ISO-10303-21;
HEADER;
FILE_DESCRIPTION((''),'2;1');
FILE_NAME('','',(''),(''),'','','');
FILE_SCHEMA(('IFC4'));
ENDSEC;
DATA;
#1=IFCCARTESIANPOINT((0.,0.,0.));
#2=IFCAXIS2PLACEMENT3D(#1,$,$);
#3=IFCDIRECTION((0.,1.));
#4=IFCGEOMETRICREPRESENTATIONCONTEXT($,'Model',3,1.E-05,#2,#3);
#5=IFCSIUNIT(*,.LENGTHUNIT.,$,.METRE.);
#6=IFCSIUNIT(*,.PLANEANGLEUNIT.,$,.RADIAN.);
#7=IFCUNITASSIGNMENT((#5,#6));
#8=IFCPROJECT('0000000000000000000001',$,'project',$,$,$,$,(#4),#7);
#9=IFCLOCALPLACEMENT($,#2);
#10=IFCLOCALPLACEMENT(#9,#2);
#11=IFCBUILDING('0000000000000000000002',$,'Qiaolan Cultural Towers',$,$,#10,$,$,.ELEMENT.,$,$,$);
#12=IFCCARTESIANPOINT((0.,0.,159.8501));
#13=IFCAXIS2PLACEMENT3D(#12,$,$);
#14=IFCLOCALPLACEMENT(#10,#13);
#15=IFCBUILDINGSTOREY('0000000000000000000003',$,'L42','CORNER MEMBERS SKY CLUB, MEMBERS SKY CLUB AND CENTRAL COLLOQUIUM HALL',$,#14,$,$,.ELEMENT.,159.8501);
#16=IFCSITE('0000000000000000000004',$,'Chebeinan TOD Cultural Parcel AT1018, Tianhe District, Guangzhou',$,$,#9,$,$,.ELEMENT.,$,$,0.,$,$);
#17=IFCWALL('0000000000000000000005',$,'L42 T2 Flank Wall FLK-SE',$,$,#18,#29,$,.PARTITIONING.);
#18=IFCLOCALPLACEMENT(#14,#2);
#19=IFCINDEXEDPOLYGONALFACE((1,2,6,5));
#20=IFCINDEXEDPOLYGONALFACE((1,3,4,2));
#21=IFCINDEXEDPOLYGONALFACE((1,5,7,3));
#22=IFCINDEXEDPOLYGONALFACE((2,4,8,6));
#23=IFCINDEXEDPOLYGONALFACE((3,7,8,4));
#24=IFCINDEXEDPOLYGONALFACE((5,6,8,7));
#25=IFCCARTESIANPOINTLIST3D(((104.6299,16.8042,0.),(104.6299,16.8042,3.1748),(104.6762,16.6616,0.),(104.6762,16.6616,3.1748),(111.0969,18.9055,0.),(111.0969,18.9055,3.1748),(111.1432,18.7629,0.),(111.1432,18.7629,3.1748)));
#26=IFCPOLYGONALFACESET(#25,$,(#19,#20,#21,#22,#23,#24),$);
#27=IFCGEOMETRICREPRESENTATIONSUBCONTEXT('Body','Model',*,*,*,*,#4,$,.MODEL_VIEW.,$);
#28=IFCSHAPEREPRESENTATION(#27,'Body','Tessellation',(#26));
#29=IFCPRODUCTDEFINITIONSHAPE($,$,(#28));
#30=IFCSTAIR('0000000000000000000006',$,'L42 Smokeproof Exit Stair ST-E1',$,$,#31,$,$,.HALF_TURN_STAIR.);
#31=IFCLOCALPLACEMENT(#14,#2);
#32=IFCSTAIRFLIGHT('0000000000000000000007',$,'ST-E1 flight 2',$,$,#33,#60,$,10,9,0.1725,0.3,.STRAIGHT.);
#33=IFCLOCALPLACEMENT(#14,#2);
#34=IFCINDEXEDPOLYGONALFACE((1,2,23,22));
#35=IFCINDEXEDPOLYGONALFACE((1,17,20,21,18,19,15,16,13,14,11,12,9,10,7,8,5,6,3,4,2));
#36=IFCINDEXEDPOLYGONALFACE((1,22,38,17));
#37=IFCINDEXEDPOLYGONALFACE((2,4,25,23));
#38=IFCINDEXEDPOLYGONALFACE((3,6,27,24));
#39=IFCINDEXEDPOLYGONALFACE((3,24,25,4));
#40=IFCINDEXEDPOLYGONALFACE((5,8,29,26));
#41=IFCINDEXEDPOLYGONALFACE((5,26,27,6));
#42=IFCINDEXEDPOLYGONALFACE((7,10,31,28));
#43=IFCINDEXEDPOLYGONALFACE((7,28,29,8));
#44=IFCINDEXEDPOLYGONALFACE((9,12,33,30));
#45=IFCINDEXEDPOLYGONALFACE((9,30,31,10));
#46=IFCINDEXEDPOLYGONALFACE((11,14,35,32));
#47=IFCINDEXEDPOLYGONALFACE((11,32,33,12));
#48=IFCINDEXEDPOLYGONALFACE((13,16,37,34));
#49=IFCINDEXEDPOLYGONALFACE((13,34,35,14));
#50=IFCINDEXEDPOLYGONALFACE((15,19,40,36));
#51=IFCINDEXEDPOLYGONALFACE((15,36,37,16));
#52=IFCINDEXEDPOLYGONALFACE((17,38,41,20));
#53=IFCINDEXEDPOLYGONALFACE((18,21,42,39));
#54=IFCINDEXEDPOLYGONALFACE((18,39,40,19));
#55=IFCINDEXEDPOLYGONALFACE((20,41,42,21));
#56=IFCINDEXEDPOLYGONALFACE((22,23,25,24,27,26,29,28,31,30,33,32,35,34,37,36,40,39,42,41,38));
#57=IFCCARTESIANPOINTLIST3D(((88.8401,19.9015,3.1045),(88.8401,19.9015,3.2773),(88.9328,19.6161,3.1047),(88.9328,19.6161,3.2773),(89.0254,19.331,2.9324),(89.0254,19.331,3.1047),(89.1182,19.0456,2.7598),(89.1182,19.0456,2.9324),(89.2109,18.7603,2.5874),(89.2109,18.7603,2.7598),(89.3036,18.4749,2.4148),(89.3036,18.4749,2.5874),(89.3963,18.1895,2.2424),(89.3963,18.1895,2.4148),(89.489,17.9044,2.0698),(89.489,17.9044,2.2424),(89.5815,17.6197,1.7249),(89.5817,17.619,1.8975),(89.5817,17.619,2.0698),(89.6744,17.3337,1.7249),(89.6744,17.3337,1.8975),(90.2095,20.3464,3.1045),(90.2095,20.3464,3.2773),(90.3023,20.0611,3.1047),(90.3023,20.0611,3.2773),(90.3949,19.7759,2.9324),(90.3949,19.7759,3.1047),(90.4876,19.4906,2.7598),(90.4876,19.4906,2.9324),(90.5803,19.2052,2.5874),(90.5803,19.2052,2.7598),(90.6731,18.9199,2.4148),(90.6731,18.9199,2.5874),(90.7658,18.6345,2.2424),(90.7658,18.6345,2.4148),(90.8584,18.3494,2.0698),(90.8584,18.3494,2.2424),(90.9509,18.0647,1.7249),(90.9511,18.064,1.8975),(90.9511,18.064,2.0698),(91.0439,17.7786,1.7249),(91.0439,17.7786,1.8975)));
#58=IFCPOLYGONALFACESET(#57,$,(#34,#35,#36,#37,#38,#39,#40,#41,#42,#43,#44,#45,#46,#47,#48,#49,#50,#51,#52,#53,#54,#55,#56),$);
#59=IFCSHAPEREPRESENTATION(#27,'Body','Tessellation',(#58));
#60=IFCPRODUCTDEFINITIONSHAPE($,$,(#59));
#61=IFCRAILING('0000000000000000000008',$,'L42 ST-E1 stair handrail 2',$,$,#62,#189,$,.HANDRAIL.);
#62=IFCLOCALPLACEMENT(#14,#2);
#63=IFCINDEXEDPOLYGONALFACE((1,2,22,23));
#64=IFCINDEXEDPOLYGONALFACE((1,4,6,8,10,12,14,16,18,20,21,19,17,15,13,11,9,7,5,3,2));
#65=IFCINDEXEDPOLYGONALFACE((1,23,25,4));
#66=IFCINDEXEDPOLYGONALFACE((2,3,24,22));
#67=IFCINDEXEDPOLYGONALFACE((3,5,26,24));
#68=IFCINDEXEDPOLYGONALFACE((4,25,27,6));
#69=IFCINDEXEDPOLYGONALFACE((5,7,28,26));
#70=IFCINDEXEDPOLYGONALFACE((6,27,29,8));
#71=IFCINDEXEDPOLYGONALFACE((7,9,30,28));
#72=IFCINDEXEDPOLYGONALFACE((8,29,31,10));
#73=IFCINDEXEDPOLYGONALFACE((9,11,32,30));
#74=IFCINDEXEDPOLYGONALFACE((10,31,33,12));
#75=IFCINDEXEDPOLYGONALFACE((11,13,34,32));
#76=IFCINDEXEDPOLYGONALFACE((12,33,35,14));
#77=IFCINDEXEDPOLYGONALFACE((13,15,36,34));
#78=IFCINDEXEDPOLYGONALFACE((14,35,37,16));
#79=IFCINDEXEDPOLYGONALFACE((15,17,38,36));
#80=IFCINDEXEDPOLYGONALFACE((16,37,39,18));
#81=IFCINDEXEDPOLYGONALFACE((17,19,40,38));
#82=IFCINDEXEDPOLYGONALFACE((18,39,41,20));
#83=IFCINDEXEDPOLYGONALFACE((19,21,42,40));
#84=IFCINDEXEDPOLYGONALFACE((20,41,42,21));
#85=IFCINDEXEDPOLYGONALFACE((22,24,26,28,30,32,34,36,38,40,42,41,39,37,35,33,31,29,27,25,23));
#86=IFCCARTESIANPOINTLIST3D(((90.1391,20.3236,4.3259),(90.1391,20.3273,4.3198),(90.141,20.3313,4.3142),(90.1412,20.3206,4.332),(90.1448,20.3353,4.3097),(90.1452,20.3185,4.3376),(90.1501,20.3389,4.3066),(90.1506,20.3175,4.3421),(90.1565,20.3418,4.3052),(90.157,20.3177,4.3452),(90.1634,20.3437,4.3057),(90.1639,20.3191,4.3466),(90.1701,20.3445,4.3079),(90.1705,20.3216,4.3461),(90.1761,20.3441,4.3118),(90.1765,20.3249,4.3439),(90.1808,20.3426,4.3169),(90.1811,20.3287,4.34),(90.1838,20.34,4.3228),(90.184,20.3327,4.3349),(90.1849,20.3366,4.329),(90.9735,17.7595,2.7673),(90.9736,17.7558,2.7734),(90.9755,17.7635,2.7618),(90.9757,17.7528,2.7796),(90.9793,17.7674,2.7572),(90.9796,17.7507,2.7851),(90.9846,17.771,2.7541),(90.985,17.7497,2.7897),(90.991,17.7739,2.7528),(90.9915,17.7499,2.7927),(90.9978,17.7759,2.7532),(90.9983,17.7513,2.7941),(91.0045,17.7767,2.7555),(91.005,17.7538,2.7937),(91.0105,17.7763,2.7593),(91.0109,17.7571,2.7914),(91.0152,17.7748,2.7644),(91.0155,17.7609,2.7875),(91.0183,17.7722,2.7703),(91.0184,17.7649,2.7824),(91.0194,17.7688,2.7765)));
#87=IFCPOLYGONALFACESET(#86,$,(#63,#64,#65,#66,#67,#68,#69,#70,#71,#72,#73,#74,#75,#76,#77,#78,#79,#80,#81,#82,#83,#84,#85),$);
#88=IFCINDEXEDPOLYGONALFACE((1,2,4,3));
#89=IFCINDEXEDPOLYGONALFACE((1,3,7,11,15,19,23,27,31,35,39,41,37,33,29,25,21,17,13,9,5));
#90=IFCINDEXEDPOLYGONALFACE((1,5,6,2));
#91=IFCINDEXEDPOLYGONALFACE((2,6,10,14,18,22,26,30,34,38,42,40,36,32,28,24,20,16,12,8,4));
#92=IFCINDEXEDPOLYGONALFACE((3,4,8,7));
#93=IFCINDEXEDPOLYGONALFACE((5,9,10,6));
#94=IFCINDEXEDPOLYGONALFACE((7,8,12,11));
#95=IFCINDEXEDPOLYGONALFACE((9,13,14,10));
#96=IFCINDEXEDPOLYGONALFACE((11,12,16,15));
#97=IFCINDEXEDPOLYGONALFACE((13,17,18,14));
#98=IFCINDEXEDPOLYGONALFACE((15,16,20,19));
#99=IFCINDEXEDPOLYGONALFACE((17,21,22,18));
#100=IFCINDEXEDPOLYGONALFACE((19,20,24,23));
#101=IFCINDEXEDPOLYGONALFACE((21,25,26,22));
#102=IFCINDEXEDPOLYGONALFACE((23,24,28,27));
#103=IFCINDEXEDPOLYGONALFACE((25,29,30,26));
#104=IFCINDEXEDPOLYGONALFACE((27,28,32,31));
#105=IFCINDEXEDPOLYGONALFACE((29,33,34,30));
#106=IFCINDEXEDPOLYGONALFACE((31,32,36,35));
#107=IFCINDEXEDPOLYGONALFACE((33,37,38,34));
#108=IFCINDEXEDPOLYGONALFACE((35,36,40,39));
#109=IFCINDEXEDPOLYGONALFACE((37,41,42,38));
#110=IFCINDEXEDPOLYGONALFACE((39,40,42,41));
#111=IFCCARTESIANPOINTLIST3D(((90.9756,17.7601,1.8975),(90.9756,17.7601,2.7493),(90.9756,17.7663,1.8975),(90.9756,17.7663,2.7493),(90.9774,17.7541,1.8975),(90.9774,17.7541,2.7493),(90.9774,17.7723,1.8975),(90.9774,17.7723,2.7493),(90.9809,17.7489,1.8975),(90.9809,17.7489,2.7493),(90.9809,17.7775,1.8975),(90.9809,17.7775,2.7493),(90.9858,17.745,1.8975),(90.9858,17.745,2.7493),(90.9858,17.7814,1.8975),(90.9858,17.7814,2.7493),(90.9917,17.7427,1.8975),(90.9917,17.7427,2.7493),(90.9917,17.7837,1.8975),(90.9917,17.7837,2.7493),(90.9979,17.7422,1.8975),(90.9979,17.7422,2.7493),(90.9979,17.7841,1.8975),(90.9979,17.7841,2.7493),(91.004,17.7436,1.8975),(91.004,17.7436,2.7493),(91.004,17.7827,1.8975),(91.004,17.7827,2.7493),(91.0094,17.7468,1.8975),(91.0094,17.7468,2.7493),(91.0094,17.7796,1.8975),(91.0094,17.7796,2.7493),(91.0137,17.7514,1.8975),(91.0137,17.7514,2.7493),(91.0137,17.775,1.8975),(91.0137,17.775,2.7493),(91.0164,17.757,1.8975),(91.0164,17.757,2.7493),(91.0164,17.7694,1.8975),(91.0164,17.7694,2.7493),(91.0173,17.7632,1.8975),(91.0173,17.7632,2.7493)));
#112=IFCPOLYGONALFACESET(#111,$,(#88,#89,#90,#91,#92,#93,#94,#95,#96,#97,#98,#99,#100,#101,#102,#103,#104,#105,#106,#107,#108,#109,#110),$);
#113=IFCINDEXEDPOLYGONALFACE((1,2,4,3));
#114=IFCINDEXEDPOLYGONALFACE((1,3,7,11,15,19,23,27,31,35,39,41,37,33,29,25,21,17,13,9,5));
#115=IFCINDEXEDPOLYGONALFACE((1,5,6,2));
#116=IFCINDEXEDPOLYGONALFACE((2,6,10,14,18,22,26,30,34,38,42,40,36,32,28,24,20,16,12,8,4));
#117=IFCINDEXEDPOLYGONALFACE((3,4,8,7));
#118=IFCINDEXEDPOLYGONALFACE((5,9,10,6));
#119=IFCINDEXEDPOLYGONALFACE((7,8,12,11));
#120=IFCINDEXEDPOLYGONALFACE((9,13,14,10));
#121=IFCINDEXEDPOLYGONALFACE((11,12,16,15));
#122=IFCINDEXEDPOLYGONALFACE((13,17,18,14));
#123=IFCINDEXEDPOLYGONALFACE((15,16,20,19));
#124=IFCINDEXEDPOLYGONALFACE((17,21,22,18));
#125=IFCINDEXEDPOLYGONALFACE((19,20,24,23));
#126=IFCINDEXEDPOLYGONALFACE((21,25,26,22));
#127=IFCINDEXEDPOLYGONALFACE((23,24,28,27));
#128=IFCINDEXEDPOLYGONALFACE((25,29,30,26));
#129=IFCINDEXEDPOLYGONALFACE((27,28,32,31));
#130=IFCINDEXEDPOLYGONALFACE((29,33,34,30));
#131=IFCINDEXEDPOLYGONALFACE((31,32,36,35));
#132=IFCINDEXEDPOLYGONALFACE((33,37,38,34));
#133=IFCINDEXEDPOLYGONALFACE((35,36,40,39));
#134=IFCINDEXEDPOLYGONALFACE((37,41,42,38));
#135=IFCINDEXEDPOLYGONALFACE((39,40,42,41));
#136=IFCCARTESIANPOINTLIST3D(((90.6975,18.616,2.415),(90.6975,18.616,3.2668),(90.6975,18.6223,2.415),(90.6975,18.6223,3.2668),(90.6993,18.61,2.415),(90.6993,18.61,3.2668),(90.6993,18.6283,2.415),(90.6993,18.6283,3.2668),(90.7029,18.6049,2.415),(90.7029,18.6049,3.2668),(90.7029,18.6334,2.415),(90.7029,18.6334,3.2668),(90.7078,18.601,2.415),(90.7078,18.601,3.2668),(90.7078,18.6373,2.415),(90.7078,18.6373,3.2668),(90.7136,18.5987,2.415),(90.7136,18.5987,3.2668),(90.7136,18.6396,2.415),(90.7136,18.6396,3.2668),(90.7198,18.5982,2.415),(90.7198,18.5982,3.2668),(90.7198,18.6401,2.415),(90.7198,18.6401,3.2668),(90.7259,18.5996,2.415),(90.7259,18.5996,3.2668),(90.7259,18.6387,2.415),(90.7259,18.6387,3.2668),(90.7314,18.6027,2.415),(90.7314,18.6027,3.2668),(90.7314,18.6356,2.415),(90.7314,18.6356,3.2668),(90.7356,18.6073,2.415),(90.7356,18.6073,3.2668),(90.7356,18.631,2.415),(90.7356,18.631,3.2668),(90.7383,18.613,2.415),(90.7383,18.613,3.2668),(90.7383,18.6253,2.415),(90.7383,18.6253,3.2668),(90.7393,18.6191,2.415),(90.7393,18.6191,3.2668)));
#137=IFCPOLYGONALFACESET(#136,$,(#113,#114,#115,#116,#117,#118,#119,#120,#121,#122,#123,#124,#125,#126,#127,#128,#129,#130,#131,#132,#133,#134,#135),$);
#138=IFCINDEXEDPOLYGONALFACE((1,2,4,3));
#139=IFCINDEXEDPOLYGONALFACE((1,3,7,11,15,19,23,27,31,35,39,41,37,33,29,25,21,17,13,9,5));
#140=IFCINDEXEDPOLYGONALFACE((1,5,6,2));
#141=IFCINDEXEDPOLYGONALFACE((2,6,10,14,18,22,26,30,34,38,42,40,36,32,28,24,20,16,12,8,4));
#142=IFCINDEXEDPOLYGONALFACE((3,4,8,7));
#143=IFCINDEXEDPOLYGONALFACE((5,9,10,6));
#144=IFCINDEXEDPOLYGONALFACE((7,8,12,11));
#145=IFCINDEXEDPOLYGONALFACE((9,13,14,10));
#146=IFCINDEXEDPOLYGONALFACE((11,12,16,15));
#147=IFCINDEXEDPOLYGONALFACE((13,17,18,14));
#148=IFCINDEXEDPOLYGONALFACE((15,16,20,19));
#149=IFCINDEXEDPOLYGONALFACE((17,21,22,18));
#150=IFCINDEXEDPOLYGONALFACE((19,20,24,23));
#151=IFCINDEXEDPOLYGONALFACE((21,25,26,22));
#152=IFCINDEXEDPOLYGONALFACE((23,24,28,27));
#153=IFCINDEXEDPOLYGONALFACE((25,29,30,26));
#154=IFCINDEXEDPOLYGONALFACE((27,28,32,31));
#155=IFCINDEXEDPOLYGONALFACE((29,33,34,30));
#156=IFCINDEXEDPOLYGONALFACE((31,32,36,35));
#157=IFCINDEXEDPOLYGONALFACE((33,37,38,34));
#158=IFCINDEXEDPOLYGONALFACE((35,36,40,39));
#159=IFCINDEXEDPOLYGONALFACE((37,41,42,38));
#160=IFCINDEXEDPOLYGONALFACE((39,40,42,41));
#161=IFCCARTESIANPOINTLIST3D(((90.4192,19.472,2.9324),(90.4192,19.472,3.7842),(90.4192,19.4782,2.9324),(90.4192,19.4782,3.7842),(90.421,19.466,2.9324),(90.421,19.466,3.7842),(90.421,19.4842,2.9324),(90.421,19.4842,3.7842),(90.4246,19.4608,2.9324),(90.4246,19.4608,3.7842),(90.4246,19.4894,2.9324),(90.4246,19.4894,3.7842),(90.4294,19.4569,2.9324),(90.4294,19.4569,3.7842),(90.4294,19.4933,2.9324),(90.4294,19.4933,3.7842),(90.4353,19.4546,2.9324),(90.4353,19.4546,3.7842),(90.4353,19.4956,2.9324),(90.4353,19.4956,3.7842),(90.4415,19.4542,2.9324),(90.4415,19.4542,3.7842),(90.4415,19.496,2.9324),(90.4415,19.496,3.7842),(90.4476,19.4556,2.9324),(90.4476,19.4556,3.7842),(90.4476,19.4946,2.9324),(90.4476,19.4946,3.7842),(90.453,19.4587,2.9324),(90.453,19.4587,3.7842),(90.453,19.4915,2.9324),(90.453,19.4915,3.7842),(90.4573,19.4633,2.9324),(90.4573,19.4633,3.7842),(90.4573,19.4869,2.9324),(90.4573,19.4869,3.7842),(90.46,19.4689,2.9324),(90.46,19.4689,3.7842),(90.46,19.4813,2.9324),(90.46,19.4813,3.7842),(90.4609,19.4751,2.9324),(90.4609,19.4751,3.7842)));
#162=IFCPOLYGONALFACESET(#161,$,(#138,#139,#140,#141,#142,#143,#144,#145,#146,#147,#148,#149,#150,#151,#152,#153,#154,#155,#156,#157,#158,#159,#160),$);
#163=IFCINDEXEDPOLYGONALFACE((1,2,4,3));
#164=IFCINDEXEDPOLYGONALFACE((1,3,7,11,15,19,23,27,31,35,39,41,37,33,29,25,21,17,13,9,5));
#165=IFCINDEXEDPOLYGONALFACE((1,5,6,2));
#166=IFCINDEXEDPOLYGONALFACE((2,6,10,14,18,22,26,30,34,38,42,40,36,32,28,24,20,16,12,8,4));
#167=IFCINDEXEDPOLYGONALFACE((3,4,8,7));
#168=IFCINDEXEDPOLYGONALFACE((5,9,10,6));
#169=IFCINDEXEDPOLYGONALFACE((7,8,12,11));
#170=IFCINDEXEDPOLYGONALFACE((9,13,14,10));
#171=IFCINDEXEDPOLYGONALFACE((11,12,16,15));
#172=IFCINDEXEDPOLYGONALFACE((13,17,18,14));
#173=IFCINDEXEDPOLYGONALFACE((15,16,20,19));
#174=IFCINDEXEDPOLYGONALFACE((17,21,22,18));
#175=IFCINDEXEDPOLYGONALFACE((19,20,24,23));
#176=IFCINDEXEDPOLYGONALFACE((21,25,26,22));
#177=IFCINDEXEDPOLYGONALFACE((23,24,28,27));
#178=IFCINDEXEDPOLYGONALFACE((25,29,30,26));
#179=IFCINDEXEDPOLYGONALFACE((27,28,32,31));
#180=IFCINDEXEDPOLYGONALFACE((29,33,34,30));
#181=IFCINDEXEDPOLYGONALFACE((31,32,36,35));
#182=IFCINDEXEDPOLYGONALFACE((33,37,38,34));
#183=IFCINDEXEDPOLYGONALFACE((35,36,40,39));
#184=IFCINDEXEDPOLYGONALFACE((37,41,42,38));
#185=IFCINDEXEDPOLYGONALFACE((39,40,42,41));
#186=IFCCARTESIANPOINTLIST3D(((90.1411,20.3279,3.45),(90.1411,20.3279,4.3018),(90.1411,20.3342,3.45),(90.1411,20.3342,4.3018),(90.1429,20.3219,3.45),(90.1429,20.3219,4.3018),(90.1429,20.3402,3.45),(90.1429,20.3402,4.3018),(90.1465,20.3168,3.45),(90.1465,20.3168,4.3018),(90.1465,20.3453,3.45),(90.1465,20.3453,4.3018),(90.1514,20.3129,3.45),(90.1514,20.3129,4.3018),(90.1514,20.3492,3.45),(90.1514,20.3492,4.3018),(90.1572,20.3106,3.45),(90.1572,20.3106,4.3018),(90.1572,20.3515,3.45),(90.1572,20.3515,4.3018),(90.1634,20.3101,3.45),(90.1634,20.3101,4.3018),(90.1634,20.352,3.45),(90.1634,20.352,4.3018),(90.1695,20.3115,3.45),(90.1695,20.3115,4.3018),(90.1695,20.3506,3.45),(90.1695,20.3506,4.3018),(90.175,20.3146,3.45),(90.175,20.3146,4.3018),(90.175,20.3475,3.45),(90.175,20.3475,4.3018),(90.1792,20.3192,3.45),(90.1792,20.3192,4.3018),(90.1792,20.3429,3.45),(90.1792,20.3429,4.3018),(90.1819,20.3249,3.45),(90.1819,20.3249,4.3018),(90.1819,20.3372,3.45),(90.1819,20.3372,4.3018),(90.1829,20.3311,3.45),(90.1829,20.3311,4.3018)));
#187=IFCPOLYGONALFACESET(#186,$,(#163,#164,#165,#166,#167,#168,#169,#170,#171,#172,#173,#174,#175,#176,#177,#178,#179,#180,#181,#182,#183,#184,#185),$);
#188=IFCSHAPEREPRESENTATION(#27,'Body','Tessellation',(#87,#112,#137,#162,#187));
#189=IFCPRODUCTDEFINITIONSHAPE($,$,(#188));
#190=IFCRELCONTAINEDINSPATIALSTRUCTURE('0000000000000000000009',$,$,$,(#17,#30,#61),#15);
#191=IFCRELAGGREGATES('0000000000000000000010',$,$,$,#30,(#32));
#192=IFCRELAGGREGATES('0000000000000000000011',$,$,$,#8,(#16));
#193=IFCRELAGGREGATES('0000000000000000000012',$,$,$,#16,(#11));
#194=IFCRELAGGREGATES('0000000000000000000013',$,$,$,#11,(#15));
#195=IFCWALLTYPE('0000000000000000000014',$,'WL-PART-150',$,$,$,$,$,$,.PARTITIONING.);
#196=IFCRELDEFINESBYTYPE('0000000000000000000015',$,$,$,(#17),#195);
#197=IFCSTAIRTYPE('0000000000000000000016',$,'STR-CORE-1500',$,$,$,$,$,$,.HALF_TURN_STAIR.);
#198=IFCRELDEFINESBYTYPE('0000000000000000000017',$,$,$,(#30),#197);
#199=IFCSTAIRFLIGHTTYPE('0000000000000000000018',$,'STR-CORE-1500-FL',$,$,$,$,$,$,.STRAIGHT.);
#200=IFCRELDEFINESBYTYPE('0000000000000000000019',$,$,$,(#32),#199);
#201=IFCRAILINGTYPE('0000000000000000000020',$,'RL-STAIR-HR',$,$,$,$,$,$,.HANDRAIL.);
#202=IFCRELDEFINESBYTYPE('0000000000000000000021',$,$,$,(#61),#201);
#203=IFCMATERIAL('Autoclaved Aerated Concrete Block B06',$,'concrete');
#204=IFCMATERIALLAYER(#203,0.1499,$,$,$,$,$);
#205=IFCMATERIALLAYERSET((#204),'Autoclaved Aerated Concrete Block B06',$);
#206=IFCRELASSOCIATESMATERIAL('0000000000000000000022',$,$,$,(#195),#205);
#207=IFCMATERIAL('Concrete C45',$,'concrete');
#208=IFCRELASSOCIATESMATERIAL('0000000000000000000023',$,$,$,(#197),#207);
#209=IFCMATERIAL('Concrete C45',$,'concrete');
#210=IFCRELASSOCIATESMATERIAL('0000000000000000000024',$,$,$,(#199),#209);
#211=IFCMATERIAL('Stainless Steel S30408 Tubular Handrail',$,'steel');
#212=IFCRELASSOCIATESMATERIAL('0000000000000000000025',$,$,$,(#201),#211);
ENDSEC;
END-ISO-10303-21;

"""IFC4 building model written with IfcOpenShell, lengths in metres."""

from ifc_helpers import new_model, si_unit, direction, frame, frame_2d, origin, origin_2d, place, context, subcontext, project, spatial, polyline, rectangle, circle, outline, extrude, material, layer, layer_set, type_object, element, aggregate, save


model = new_model("IFC4")

# Units and contexts
model_context = context("Model", 3, precision=1e-05, world=origin(), true_north=direction((0.0, 1.0)))
body_context = subcontext(model_context, "Body", "Model", "MODEL_VIEW")
ifc_project = project(units=[si_unit("LENGTHUNIT", "METRE"), si_unit("PLANEANGLEUNIT", "RADIAN")], contexts=[model_context])

# Site, building, storey
site_placement = place(None, origin())
site = spatial("IfcSite", under=ifc_project, at=site_placement, Name="Chebeinan TOD Cultural Parcel AT1018, Tianhe District, Guangzhou", CompositionType="ELEMENT", RefElevation=0.0)
building_placement = place(site_placement, origin())
building = spatial("IfcBuilding", under=site, at=building_placement, Name="Qiaolan Cultural Towers", CompositionType="ELEMENT")
storey_placement = place(building_placement, frame((0.0, 0.0, 159.8501)))
storey = spatial("IfcBuildingStorey", under=building, at=storey_placement, Name="L42", Description="CORNER MEMBERS SKY CLUB, MEMBERS SKY CLUB AND CENTRAL COLLOQUIUM HALL", CompositionType="ELEMENT", Elevation=159.8501)

# Shared definitions
ifc_material_1 = material(Name="Autoclaved Aerated Concrete Block B06", Category="concrete")
ifc_layer_1 = layer(ifc_material_1, 0.1499)
ifc_layer_set_1 = layer_set([ifc_layer_1], Name="Autoclaved Aerated Concrete Block B06")
wall_type_1 = type_object("IfcWallType", Name="WL-PART-150", PredefinedType="PARTITIONING", material=ifc_layer_set_1)

# Wall
wall_1_placement = place(storey_placement, frame((104.6531, 16.7329, 0.0), z_axis=(0.0, 0.0, 1.0), x_axis=(0.951054, 0.309024, 0.0)))
element("IfcWall", 1, at=wall_1_placement, inside=storey, type_object=wall_type_1, Name="L42 T2 Flank Wall FLK-SE", PredefinedType="PARTITIONING", context=body_context, shape_type="SweptSolid", body=[
    extrude(rectangle(XDim=6.7998, YDim=0.1499, at=frame_2d((3.3999, 0.0))), origin(), (0.0, 0.0, 1.0), 3.1748),
])

# Stair, stair flight
ifc_material_2 = material(Name="Concrete C45", Category="concrete")
stair_type = type_object("IfcStairType", Name="STR-CORE-1500", PredefinedType="HALF_TURN_STAIR", material=ifc_material_2)
stair_placement = place(storey_placement, origin())
stair = element("IfcStair", 2, at=stair_placement, inside=storey, type_object=stair_type, Name="L42 Smokeproof Exit Stair ST-E1", PredefinedType="HALF_TURN_STAIR")
ifc_material_3 = material(Name="Concrete C45", Category="concrete")
stair_flight_type = type_object("IfcStairFlightType", Name="STR-CORE-1500-FL", PredefinedType="STRAIGHT", material=ifc_material_3)
stair_flight_placement = place(storey_placement, frame((90.3591, 17.5562, 1.7249), z_axis=(0.0, 0.0, 1.0), x_axis=(-0.309017, 0.951057, 0.0)))
stair_flight = element("IfcStairFlight", 3, at=stair_flight_placement, type_object=stair_flight_type, Name="ST-E1 flight 2", NumberOfRisers=10, NumberOfTreads=9, PredefinedType="STRAIGHT", RiserHeight=0.1725, TreadLength=0.3, context=body_context, shape_type="SweptSolid", body=[
    extrude(outline(polyline([(0.0, 0.0), (0.0, 0.1726), (0.3, 0.1726), (0.3, 0.345), (0.6001, 0.345), (0.6001, 0.5176), (0.8999, 0.5176), (0.8999, 0.6899), (1.2, 0.6899), (1.2, 0.8625), (1.5, 0.8625), (1.5, 1.0349), (1.8, 1.0349), (1.8, 1.2075), (2.1001, 1.2075), (2.1001, 1.3799), (2.3999, 1.3799), (2.3999, 1.5525), (2.7, 1.5525), (2.7, 1.7251), (2.7, 1.3796), (0.3008, 0.0), (0.0, 0.0)])), frame((0.0, 0.72, 0.0), z_axis=(0.0, -1.0, 0.0), x_axis=(1.0, 0.0, 0.0)), (0.0, 0.0, 1.0), 1.4399),
])
aggregate(stair, [stair_flight])

# Railing
ifc_material_4 = material(Name="Stainless Steel S30408 Tubular Handrail", Category="steel")
railing_type = type_object("IfcRailingType", Name="RL-STAIR-HR", PredefinedType="HANDRAIL", material=ifc_material_4)
railing_placement = place(storey_placement, frame((90.9963, 17.7632, 1.8975)))
element("IfcRailing", 4, at=railing_placement, inside=storey, type_object=railing_type, Name="L42 ST-E1 stair handrail 2", PredefinedType="HANDRAIL", context=body_context, shape_type="SweptSolid", body=[
    extrude(circle(Radius=0.0239, at=origin_2d()), frame((0.0, 0.0, 0.876), z_axis=(-0.267926, 0.824471, 0.498461), x_axis=(-0.951043, -0.309057, 0.0)), (0.0, 0.0, 1.0), 3.1145),
    extrude(circle(Radius=0.021, at=origin_2d()), origin(), (0.0, 0.0, 1.0), 0.8518),
    extrude(circle(Radius=0.021, at=origin_2d()), frame((-0.2781, 0.856, 0.5176)), (0.0, 0.0, 1.0), 0.8518),
    extrude(circle(Radius=0.021, at=origin_2d()), frame((-0.5564, 1.7119, 1.0349)), (0.0, 0.0, 1.0), 0.8518),
    extrude(circle(Radius=0.021, at=origin_2d()), frame((-0.8345, 2.5679, 1.5525)), (0.0, 0.0, 1.0), 0.8518),
])

save(model, "model.ifc")
